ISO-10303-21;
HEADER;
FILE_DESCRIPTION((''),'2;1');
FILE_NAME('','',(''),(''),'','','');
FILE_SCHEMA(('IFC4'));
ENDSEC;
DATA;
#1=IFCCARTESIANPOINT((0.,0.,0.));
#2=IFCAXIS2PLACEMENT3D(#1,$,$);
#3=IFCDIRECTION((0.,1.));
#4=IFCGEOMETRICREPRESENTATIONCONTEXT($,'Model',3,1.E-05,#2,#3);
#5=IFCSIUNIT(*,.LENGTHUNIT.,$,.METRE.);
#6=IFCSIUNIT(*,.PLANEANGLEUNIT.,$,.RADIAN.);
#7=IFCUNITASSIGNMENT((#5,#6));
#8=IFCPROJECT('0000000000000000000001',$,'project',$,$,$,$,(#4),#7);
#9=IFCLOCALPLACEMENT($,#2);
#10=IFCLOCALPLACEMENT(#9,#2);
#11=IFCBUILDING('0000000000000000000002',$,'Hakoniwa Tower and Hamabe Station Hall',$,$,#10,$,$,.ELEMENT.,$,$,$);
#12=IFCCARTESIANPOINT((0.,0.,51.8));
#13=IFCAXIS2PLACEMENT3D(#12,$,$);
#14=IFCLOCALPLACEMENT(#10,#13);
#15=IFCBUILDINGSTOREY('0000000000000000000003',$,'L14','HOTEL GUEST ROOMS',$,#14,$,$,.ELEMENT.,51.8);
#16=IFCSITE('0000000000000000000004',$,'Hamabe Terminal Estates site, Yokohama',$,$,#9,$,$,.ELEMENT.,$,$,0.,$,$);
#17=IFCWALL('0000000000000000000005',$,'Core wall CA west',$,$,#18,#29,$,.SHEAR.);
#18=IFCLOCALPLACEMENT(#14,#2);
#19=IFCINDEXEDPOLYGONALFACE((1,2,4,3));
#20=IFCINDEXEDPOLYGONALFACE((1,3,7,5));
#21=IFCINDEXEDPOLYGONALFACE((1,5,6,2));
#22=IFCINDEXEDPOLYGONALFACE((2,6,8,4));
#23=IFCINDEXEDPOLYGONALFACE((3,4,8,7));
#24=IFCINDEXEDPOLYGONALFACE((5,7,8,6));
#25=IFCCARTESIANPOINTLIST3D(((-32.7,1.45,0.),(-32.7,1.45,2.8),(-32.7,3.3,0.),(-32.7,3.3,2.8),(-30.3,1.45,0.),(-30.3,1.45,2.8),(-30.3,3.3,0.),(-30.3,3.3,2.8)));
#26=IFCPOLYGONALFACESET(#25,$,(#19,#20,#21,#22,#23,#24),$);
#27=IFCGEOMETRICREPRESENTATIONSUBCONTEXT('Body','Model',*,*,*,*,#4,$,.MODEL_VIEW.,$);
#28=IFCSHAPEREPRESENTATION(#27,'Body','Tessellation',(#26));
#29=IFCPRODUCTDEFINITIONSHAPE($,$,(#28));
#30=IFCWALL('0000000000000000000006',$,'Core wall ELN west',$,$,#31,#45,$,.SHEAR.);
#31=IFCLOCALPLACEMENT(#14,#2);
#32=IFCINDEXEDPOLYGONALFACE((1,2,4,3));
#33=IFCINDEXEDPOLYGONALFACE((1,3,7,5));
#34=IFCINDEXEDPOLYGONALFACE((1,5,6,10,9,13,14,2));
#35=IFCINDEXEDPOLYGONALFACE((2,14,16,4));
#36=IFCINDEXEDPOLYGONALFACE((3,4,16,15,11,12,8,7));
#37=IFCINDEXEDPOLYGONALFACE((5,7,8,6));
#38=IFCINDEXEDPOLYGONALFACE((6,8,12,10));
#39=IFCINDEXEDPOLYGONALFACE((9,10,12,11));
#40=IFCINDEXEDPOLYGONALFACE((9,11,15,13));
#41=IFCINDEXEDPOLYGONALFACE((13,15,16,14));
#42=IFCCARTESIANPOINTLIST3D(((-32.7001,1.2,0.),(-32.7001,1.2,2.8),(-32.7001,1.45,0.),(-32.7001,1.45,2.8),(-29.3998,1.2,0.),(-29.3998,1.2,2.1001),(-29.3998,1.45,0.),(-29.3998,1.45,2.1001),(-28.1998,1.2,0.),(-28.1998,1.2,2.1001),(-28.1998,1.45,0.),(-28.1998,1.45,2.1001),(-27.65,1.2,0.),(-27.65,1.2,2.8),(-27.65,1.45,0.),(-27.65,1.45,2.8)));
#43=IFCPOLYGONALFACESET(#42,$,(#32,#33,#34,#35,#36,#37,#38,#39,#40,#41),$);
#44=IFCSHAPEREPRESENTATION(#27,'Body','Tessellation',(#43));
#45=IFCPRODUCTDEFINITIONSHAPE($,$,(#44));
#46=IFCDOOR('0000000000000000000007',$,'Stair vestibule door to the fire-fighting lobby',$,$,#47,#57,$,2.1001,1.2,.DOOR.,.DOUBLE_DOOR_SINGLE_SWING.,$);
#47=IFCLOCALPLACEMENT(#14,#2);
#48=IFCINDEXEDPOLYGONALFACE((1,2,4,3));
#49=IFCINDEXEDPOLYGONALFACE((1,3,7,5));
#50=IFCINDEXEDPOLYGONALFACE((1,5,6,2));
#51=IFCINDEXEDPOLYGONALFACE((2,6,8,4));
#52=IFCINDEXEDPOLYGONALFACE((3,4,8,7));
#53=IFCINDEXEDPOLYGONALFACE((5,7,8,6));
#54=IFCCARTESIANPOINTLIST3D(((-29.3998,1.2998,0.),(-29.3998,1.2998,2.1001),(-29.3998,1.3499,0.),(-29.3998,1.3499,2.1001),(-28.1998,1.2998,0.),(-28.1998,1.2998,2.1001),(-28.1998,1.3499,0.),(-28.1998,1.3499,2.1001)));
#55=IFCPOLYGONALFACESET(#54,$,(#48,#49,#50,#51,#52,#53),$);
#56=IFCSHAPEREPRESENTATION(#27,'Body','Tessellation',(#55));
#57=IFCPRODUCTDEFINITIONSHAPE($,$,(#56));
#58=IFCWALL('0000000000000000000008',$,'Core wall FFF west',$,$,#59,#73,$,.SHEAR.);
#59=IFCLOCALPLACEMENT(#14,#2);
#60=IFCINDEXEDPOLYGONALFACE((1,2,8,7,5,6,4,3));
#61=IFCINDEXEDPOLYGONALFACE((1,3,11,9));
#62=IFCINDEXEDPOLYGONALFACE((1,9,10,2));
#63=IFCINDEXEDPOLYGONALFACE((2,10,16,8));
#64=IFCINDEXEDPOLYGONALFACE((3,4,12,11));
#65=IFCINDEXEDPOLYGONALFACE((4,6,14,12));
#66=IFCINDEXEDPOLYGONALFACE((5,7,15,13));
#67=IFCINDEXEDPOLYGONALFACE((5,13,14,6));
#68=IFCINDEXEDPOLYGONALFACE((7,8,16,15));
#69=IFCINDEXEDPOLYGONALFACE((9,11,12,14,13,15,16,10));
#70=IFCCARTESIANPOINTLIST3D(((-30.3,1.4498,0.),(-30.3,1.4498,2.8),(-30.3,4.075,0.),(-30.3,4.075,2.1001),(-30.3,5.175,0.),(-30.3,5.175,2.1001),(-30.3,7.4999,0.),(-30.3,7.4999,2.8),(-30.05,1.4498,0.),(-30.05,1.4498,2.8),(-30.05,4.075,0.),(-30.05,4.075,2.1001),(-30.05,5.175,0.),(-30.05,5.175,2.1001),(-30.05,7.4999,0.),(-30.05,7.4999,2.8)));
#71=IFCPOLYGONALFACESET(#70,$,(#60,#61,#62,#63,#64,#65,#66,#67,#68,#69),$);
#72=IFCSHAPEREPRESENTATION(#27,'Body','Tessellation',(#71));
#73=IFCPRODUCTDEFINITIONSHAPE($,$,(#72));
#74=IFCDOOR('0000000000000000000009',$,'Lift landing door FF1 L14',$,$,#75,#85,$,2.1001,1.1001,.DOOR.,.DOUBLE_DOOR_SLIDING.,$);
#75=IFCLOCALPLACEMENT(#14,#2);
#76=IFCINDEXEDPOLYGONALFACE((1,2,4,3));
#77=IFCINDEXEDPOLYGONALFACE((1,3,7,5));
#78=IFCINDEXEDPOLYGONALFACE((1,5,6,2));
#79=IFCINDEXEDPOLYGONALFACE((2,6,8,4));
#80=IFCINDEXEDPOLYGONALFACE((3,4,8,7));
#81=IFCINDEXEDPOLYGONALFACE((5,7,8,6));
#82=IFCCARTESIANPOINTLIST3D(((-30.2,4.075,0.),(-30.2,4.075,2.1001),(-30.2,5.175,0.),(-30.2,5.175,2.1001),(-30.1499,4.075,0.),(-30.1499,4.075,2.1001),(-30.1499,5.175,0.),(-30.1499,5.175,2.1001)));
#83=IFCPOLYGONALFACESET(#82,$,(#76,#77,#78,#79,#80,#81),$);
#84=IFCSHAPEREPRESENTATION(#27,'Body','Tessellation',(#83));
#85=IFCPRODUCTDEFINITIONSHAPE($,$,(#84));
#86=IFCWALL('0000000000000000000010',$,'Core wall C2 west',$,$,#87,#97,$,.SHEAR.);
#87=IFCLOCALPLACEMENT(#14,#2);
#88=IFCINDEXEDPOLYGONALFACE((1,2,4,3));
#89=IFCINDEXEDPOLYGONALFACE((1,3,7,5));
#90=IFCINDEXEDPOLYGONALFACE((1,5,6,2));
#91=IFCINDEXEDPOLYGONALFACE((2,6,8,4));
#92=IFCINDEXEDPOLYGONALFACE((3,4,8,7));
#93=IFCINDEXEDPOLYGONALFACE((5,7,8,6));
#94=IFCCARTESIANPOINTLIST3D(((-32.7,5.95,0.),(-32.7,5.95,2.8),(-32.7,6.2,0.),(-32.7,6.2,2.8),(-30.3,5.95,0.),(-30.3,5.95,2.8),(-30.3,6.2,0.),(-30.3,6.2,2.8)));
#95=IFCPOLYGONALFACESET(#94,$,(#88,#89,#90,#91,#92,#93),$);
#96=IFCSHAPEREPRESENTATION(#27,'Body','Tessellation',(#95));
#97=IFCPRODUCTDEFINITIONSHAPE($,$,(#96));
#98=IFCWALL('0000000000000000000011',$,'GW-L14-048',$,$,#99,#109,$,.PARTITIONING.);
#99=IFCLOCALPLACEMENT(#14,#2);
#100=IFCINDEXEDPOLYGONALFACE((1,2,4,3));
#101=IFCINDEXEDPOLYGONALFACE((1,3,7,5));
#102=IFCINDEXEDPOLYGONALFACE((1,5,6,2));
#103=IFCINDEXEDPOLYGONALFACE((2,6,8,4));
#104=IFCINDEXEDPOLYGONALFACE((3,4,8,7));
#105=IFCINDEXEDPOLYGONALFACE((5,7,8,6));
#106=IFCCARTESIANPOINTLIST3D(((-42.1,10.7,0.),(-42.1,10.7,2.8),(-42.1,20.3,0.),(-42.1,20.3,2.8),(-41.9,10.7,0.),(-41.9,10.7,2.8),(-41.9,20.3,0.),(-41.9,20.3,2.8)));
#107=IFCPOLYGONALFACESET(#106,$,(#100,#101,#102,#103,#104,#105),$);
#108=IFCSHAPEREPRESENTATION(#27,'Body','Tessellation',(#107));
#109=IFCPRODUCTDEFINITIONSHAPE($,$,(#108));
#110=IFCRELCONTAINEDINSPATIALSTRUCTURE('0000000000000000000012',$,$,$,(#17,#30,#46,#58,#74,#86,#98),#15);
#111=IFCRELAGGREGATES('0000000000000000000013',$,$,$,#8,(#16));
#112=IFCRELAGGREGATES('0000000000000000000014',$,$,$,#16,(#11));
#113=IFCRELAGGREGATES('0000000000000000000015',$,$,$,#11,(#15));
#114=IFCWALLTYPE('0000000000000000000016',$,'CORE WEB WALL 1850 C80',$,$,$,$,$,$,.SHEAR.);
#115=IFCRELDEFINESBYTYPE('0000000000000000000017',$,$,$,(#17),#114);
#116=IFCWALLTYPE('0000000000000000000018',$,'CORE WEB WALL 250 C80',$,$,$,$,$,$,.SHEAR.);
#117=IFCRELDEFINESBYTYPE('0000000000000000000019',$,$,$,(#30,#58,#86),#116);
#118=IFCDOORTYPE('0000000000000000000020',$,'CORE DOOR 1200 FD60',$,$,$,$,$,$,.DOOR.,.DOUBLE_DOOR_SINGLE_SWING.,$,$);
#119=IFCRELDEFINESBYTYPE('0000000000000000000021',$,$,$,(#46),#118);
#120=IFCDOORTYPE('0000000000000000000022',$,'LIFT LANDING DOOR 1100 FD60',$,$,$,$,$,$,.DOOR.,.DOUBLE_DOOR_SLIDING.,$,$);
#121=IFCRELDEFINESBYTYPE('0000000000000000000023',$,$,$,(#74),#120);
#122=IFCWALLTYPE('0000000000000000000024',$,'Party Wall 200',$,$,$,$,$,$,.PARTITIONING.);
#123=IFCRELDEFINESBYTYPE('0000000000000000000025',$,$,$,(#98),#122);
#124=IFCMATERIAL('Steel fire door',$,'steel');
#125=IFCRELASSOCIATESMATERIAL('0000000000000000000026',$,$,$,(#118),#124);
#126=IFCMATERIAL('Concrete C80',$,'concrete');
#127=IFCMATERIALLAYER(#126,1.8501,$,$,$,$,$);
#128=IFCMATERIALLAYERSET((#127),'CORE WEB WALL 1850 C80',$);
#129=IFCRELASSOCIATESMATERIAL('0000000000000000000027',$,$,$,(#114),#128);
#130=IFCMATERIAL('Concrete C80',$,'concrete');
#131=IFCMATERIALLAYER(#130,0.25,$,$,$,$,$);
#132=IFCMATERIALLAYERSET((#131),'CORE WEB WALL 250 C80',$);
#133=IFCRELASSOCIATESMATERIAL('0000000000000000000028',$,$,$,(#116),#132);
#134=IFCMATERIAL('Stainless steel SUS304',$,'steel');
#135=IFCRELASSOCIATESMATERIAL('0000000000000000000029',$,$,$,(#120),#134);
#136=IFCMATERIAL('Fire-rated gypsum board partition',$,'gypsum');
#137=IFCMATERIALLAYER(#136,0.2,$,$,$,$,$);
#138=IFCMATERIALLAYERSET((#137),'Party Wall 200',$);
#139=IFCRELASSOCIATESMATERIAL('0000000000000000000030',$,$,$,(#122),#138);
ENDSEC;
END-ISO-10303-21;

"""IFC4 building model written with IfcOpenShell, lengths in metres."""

from ifc_helpers import new_model, si_unit, direction, frame, frame_2d, origin, place, context, subcontext, project, spatial, rectangle, extrude, material, layer, layer_set, type_object, element, fill, save


model = new_model("IFC4")

# Units and contexts
model_context = context("Model", 3, precision=1e-05, world=origin(), true_north=direction((0.0, 1.0)))
body_context = subcontext(model_context, "Body", "Model", "MODEL_VIEW")
ifc_project = project(units=[si_unit("LENGTHUNIT", "METRE"), si_unit("PLANEANGLEUNIT", "RADIAN")], contexts=[model_context])

# Site, building, storey
site_placement = place(None, origin())
site = spatial("IfcSite", under=ifc_project, at=site_placement, Name="Hamabe Terminal Estates site, Yokohama", CompositionType="ELEMENT", RefElevation=0.0)
building_placement = place(site_placement, origin())
building = spatial("IfcBuilding", under=site, at=building_placement, Name="Hakoniwa Tower and Hamabe Station Hall", CompositionType="ELEMENT")
storey_placement = place(building_placement, frame((0.0, 0.0, 51.8)))
storey = spatial("IfcBuildingStorey", under=building, at=storey_placement, Name="L14", Description="HOTEL GUEST ROOMS", CompositionType="ELEMENT", Elevation=51.8)

# Shared definitions
ifc_material_1 = material(Name="Steel fire door", Category="steel")
door_type_1 = type_object("IfcDoorType", Name="CORE DOOR 1200 FD60", OperationType="DOUBLE_DOOR_SINGLE_SWING", PredefinedType="DOOR", material=ifc_material_1)

# Wall
ifc_material_2 = material(Name="Concrete C80", Category="concrete")
ifc_layer_1 = layer(ifc_material_2, 1.8501)
ifc_layer_set_1 = layer_set([ifc_layer_1], Name="CORE WEB WALL 1850 C80")
wall_type_1 = type_object("IfcWallType", Name="CORE WEB WALL 1850 C80", PredefinedType="SHEAR", material=ifc_layer_set_1)
wall_1_placement = place(storey_placement, frame((-32.7, 2.375, 0.0), z_axis=(0.0, 0.0, 1.0), x_axis=(1.0, 0.0, 0.0)))
element("IfcWall", 1, at=wall_1_placement, inside=storey, type_object=wall_type_1, Name="Core wall CA west", PredefinedType="SHEAR", context=body_context, shape_type="SweptSolid", body=[
    extrude(rectangle(XDim=2.3999, YDim=1.8501, at=frame_2d((1.2, 0.0))), origin(), (0.0, 0.0, 1.0), 2.8),
])

# Walls, openings, doors
ifc_material_3 = material(Name="Concrete C80", Category="concrete")
ifc_layer_2 = layer(ifc_material_3, 0.25)
ifc_layer_set_2 = layer_set([ifc_layer_2], Name="CORE WEB WALL 250 C80")
wall_type_2 = type_object("IfcWallType", Name="CORE WEB WALL 250 C80", PredefinedType="SHEAR", material=ifc_layer_set_2)
wall_2_placement = place(storey_placement, frame((-32.7, 1.325, 0.0), z_axis=(0.0, 0.0, 1.0), x_axis=(1.0, 0.0, 0.0)))
wall_2 = element("IfcWall", 2, at=wall_2_placement, inside=storey, type_object=wall_type_2, Name="Core wall ELN west", PredefinedType="SHEAR", context=body_context, shape_type="SweptSolid", body=[
    extrude(rectangle(XDim=5.05, YDim=0.25, at=frame_2d((2.5249, 0.0))), origin(), (0.0, 0.0, 1.0), 2.8),
])
opening_1_placement = place(wall_2_placement, frame((3.3, 0.0, 0.0)))
opening_1 = element("IfcOpeningElement", 3, at=opening_1_placement, cuts=wall_2, PredefinedType="OPENING", context=body_context, shape_type="SweptSolid", body=[
    extrude(rectangle(XDim=1.2, YDim=2.1001, at=frame_2d((0.6001, 1.05))), frame((0.0, 0.135, 0.0), z_axis=(0.0, -1.0, 0.0), x_axis=(1.0, 0.0, 0.0)), (0.0, 0.0, 1.0), 0.27),
])
door_1_placement = place(opening_1_placement, origin())
door_1 = element("IfcDoor", 4, at=door_1_placement, inside=storey, type_object=door_type_1, Name="Stair vestibule door to the fire-fighting lobby", OperationType="DOUBLE_DOOR_SINGLE_SWING", OverallHeight=2.1001, OverallWidth=1.2, PredefinedType="DOOR", context=body_context, shape_type="SweptSolid", body=[
    extrude(rectangle(XDim=1.2, YDim=2.1001, at=frame_2d((0.6001, 1.05))), frame((0.0, 0.0249, 0.0), z_axis=(0.0, -1.0, 0.0), x_axis=(1.0, 0.0, 0.0)), (0.0, 0.0, 1.0), 0.05),
])
fill(opening_1, door_1)
wall_3_placement = place(storey_placement, frame((-30.175, 1.45, 0.0), z_axis=(0.0, 0.0, 1.0), x_axis=(0.0, 1.0, 0.0)))
wall_3 = element("IfcWall", 5, at=wall_3_placement, inside=storey, type_object=wall_type_2, Name="Core wall FFF west", PredefinedType="SHEAR", context=body_context, shape_type="SweptSolid", body=[
    extrude(rectangle(XDim=6.05, YDim=0.25, at=frame_2d((3.0249, 0.0))), origin(), (0.0, 0.0, 1.0), 2.8),
])
opening_2_placement = place(wall_3_placement, frame((2.625, 0.0, 0.0)))
opening_2 = element("IfcOpeningElement", 6, at=opening_2_placement, cuts=wall_3, PredefinedType="OPENING", context=body_context, shape_type="SweptSolid", body=[
    extrude(rectangle(XDim=1.1001, YDim=2.1001, at=frame_2d((0.55, 1.05))), frame((0.0, 0.135, 0.0), z_axis=(0.0, -1.0, 0.0), x_axis=(1.0, 0.0, 0.0)), (0.0, 0.0, 1.0), 0.27),
])
ifc_material_4 = material(Name="Stainless steel SUS304", Category="steel")
door_type_2 = type_object("IfcDoorType", Name="LIFT LANDING DOOR 1100 FD60", OperationType="DOUBLE_DOOR_SLIDING", PredefinedType="DOOR", material=ifc_material_4)
door_2_placement = place(opening_2_placement, origin())
door_2 = element("IfcDoor", 7, at=door_2_placement, inside=storey, type_object=door_type_2, Name="Lift landing door FF1 L14", OperationType="DOUBLE_DOOR_SLIDING", OverallHeight=2.1001, OverallWidth=1.1001, PredefinedType="DOOR", context=body_context, shape_type="SweptSolid", body=[
    extrude(rectangle(XDim=1.1001, YDim=2.1001, at=frame_2d((0.55, 1.05))), frame((0.0, 0.0249, 0.0), z_axis=(0.0, -1.0, 0.0), x_axis=(1.0, 0.0, 0.0)), (0.0, 0.0, 1.0), 0.05),
])
fill(opening_2, door_2)

# Walls
wall_4_placement = place(storey_placement, frame((-32.7, 6.075, 0.0), z_axis=(0.0, 0.0, 1.0), x_axis=(1.0, 0.0, 0.0)))
element("IfcWall", 8, at=wall_4_placement, inside=storey, type_object=wall_type_2, Name="Core wall C2 west", PredefinedType="SHEAR", context=body_context, shape_type="SweptSolid", body=[
    extrude(rectangle(XDim=2.3999, YDim=0.25, at=frame_2d((1.2, 0.0))), origin(), (0.0, 0.0, 1.0), 2.8),
])
ifc_material_5 = material(Name="Fire-rated gypsum board partition", Category="gypsum")
ifc_layer_3 = layer(ifc_material_5, 0.2)
ifc_layer_set_3 = layer_set([ifc_layer_3], Name="Party Wall 200")
wall_type_3 = type_object("IfcWallType", Name="Party Wall 200", PredefinedType="PARTITIONING", material=ifc_layer_set_3)
wall_5_placement = place(storey_placement, frame((-42.0, 10.7, 0.0), z_axis=(0.0, 0.0, 1.0), x_axis=(0.0, 1.0, 0.0)))
element("IfcWall", 9, at=wall_5_placement, inside=storey, type_object=wall_type_3, Name="GW-L14-048", PredefinedType="PARTITIONING", context=body_context, shape_type="SweptSolid", body=[
    extrude(rectangle(XDim=9.6001, YDim=0.2, at=frame_2d((4.8, 0.0))), origin(), (0.0, 0.0, 1.0), 2.8),
])

save(model, "model.ifc")
